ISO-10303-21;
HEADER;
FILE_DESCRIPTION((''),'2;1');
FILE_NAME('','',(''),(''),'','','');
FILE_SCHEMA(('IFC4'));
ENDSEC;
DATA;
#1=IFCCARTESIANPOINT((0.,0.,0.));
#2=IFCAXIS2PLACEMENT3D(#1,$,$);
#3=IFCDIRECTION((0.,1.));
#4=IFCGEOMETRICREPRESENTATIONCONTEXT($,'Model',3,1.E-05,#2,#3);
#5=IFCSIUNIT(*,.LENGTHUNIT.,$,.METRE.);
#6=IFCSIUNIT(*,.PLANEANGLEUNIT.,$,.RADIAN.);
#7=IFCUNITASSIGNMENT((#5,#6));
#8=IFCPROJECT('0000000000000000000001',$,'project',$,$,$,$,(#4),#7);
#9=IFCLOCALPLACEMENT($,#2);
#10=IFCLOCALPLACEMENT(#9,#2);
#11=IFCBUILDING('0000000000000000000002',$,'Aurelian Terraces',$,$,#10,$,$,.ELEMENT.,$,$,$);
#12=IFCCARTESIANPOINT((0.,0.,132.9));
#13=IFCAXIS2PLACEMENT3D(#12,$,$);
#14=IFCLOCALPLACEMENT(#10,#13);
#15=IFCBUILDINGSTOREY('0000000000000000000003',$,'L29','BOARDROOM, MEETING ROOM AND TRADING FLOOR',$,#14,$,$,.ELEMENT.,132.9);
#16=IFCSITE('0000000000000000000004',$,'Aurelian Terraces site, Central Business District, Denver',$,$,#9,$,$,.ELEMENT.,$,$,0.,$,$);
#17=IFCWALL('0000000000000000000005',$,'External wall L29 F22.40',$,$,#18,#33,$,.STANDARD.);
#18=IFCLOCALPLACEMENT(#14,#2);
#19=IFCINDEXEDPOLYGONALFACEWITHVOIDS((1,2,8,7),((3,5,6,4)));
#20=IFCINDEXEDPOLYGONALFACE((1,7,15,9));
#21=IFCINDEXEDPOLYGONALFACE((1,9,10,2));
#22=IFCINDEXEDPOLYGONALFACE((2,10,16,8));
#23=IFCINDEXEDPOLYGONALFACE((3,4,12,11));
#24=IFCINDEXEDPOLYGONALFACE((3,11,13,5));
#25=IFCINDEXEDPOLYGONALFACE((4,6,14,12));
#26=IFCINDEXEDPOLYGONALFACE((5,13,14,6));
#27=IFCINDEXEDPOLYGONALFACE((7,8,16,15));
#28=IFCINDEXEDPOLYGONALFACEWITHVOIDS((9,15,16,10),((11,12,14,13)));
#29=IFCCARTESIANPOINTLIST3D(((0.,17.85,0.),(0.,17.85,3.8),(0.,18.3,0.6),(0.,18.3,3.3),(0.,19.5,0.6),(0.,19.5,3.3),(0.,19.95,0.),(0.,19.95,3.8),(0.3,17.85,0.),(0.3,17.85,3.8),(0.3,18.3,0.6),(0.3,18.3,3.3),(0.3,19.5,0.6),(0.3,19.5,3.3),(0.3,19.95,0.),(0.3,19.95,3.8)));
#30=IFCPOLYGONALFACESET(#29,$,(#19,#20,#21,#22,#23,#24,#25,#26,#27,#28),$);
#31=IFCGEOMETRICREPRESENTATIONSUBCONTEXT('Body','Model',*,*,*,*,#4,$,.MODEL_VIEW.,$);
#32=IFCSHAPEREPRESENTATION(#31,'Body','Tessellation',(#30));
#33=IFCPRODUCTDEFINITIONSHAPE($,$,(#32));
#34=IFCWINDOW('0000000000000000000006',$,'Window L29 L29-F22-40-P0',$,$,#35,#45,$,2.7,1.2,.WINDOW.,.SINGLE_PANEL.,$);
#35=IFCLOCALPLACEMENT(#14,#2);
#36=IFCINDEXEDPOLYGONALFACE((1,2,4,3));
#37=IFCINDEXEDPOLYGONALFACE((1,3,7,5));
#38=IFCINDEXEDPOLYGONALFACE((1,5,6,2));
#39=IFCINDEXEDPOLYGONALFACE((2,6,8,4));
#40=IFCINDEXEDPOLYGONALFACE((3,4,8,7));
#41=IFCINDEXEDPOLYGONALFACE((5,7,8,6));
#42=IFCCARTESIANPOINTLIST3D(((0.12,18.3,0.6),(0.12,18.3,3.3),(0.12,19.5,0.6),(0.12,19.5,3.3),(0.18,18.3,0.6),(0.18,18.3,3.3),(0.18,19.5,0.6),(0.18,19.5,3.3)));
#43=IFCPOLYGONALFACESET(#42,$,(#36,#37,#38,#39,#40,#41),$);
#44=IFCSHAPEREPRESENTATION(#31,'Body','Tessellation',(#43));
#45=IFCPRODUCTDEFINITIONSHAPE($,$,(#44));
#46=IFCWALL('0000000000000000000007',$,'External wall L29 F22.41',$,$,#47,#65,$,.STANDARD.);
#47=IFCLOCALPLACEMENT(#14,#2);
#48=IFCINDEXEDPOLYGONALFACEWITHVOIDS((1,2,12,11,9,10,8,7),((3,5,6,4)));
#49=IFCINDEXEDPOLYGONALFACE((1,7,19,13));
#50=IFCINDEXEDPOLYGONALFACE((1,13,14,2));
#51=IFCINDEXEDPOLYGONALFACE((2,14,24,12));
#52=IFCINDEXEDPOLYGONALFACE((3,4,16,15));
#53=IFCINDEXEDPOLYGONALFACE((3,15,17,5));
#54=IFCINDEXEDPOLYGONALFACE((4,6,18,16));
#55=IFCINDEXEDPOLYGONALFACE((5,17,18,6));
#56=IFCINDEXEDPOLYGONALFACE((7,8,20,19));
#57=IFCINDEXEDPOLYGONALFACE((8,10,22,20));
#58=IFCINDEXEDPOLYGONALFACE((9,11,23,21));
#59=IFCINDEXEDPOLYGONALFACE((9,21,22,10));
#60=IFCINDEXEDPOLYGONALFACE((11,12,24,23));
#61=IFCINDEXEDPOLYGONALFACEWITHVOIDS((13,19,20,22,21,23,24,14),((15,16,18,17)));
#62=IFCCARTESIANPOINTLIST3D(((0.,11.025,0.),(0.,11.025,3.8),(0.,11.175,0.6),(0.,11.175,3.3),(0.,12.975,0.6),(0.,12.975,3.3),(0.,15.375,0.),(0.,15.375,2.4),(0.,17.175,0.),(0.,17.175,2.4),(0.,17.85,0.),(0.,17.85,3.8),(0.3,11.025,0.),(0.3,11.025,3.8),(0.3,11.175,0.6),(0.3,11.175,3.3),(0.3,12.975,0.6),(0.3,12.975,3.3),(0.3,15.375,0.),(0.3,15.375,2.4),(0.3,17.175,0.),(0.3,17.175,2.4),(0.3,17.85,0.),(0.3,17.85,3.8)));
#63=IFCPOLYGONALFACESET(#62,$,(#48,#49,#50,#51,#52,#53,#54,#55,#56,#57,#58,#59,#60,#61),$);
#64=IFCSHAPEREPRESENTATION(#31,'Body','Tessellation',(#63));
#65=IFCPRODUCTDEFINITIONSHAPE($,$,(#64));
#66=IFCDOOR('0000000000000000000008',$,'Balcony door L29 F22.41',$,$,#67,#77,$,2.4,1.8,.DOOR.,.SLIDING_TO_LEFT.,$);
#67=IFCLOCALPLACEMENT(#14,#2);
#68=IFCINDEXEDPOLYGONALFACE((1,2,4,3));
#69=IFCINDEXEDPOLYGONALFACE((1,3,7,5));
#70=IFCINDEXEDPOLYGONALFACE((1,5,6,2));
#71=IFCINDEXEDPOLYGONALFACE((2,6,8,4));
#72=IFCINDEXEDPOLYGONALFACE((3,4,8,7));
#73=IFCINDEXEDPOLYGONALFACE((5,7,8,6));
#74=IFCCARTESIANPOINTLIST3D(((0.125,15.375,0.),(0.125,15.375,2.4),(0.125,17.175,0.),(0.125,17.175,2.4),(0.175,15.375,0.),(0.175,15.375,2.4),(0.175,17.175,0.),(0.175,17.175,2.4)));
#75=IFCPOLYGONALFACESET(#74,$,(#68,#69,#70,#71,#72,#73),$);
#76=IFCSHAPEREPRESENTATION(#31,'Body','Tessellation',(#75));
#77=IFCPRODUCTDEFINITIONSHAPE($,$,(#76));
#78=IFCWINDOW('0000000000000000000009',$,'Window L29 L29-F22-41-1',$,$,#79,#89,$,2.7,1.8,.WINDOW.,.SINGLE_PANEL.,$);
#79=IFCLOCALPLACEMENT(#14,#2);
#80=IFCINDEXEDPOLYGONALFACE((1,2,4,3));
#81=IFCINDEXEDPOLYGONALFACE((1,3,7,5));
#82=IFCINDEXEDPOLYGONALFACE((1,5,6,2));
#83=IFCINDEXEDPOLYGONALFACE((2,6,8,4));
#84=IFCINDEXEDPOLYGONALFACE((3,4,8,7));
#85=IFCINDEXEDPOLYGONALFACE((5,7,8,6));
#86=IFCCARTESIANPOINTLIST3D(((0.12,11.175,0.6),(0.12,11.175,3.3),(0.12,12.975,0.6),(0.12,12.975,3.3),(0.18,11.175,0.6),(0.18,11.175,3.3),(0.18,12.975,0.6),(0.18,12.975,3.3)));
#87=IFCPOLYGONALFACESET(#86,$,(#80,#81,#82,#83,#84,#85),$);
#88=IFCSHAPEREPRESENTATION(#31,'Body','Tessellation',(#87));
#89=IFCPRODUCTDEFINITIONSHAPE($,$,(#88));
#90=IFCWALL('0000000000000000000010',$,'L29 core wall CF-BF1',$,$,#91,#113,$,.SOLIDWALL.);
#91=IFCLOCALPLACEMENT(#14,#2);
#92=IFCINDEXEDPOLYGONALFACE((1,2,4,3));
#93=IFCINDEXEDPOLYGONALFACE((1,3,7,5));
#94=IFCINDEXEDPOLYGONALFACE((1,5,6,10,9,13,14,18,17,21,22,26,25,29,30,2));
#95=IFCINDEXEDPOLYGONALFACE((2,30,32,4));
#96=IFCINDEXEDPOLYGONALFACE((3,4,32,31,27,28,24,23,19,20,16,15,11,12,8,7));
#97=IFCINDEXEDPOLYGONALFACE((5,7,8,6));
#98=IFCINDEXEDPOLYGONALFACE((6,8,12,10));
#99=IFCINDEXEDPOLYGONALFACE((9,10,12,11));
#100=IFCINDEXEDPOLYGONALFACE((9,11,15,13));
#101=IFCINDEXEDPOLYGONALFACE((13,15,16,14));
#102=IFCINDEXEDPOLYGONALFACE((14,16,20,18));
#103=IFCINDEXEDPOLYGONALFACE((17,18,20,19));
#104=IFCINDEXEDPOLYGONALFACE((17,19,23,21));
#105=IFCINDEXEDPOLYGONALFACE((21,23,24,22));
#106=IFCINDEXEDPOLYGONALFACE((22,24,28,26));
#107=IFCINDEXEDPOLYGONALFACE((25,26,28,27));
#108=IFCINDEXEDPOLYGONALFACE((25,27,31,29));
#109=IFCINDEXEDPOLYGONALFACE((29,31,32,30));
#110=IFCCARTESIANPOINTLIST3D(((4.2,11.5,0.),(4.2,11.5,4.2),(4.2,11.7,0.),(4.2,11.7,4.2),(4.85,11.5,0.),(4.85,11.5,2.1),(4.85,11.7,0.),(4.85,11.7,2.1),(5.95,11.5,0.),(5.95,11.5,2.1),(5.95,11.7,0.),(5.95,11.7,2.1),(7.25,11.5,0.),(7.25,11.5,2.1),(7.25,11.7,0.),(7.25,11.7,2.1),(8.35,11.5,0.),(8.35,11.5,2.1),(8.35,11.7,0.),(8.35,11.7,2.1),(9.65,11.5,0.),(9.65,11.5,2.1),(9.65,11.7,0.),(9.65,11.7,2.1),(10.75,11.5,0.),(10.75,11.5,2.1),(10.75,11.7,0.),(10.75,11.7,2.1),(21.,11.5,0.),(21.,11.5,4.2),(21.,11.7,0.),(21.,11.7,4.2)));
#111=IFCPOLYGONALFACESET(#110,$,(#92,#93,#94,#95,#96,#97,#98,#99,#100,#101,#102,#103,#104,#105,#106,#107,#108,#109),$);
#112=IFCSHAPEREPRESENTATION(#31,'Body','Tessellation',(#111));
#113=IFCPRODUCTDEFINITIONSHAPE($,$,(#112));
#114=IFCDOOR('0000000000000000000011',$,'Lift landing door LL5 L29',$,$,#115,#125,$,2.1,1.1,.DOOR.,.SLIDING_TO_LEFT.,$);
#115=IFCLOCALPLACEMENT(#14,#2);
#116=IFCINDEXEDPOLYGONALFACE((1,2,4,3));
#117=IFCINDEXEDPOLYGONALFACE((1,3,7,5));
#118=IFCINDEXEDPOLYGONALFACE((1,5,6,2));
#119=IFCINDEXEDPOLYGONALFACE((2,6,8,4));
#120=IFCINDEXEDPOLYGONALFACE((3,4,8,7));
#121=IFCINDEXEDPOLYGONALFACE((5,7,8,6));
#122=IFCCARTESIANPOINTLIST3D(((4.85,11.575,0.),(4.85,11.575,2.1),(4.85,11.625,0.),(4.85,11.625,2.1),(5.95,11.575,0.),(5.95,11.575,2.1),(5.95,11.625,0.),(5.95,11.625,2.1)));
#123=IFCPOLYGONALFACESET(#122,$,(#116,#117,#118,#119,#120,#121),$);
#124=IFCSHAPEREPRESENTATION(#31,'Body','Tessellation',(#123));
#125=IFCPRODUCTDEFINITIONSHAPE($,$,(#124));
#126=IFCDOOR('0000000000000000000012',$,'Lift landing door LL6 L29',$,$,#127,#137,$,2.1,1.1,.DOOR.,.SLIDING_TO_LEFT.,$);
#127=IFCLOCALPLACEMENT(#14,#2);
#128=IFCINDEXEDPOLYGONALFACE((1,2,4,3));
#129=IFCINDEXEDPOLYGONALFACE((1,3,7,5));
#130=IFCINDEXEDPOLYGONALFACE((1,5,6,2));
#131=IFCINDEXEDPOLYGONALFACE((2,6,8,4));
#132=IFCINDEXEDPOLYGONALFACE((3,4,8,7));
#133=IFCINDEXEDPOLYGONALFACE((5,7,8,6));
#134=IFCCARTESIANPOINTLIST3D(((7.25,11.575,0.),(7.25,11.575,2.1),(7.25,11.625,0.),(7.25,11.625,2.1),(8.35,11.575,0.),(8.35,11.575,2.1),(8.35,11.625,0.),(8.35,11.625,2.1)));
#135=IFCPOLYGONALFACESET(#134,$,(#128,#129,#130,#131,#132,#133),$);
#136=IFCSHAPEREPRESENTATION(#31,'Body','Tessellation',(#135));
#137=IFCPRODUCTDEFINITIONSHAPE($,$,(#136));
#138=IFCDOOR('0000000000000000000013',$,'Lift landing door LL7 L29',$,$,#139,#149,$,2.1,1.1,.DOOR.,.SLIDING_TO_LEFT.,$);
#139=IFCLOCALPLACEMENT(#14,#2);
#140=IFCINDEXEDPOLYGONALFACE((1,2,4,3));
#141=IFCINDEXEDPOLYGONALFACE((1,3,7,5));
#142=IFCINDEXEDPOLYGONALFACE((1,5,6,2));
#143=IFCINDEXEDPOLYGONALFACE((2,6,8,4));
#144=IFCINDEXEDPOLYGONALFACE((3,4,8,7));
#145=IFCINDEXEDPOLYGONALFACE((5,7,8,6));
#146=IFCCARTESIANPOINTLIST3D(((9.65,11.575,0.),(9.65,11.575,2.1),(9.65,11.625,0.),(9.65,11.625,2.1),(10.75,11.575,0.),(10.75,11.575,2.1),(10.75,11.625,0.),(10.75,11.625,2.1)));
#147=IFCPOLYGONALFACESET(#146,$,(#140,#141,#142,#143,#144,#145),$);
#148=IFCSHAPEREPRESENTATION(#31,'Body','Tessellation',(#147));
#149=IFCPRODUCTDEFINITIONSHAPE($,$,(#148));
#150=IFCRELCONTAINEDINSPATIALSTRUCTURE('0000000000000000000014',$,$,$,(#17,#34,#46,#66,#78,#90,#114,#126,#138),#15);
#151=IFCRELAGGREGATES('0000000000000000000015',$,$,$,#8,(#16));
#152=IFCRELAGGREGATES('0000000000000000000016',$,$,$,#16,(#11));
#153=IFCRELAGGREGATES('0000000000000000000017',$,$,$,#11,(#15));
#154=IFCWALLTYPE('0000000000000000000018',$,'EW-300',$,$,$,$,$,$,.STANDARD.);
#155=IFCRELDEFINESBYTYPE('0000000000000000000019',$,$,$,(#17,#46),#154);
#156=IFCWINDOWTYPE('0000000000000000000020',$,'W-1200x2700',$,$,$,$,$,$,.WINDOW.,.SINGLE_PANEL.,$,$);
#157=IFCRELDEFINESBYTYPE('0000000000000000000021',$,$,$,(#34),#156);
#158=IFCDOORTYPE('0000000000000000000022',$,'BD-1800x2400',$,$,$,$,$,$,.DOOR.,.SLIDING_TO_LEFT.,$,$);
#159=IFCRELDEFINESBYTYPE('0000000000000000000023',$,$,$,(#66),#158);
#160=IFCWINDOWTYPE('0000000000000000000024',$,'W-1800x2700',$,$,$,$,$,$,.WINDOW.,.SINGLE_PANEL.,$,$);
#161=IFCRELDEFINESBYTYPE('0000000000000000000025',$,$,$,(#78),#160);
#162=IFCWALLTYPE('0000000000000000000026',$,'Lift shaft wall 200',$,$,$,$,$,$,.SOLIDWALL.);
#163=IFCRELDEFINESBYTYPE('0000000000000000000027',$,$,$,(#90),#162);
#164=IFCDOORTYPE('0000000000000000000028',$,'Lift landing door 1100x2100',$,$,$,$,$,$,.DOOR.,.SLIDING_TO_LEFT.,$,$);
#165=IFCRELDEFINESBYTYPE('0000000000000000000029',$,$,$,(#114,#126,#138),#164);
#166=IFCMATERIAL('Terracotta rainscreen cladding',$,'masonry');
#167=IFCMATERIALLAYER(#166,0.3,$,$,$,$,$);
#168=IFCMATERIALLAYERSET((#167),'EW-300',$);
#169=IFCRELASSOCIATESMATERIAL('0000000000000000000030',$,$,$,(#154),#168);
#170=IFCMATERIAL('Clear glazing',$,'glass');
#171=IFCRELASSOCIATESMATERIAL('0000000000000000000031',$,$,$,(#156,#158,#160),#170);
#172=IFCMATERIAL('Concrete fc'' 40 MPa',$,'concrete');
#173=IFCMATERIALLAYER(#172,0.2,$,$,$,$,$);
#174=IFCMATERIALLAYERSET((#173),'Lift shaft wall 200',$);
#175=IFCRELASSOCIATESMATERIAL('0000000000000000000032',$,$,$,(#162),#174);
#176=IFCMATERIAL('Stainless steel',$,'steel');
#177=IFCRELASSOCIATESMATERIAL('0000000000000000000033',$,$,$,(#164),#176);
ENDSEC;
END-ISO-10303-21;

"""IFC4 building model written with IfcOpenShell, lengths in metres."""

from ifc_helpers import new_model, si_unit, direction, frame, frame_2d, origin, place, context, subcontext, project, spatial, rectangle, extrude, source, transform, mapped, material, layer, layer_set, type_object, element, fill, save


model = new_model("IFC4")

# Units and contexts
model_context = context("Model", 3, precision=1e-05, world=origin(), true_north=direction((0.0, 1.0)))
body_context = subcontext(model_context, "Body", "Model", "MODEL_VIEW")
ifc_project = project(units=[si_unit("LENGTHUNIT", "METRE"), si_unit("PLANEANGLEUNIT", "RADIAN")], contexts=[model_context])

# Site, building, storey
site_placement = place(None, origin())
site = spatial("IfcSite", under=ifc_project, at=site_placement, Name="Aurelian Terraces site, Central Business District, Denver", CompositionType="ELEMENT", RefElevation=0.0)
building_placement = place(site_placement, origin())
building = spatial("IfcBuilding", under=site, at=building_placement, Name="Aurelian Terraces", CompositionType="ELEMENT")
storey_placement = place(building_placement, frame((0.0, 0.0, 132.9)))
storey = spatial("IfcBuildingStorey", under=building, at=storey_placement, Name="L29", Description="BOARDROOM, MEETING ROOM AND TRADING FLOOR", CompositionType="ELEMENT", Elevation=132.9)

# Wall, opening, window
ifc_material_1 = material(Name="Terracotta rainscreen cladding", Category="masonry")
ifc_layer_1 = layer(ifc_material_1, 0.3)
ifc_layer_set_1 = layer_set([ifc_layer_1], Name="EW-300")
wall_type_1 = type_object("IfcWallType", Name="EW-300", PredefinedType="STANDARD", material=ifc_layer_set_1)
shared_shape_1 = source(origin(), body_context, "Body", "SweptSolid", [
    extrude(rectangle(XDim=2.1, YDim=0.3, at=frame_2d((1.05, 0.0))), origin(), (0.0, 0.0, 1.0), 3.8),
])
wall_1_placement = place(storey_placement, frame((0.15, 19.95, 0.0), z_axis=(0.0, 0.0, 1.0), x_axis=(0.0, -1.0, 0.0)))
wall_1 = element("IfcWall", 1, at=wall_1_placement, inside=storey, type_object=wall_type_1, Name="External wall L29 F22.40", PredefinedType="STANDARD", context=body_context, shape_type="MappedRepresentation", body=[
    mapped(shared_shape_1, transform((0.0, 0.0, 0.0), scale=1.0)),
])
shared_shape_2 = source(origin(), body_context, "Body", "SweptSolid", [
    extrude(rectangle(XDim=1.2, YDim=2.7, at=frame_2d((0.6, 1.35))), frame((0.0, 0.16, 0.0), z_axis=(0.0, -1.0, 0.0), x_axis=(1.0, 0.0, 0.0)), (0.0, 0.0, 1.0), 0.32),
])
opening_1_placement = place(wall_1_placement, frame((0.45, 0.0, 0.6)))
opening_1 = element("IfcOpeningElement", 2, at=opening_1_placement, cuts=wall_1, PredefinedType="OPENING", context=body_context, shape_type="MappedRepresentation", body=[
    mapped(shared_shape_2, transform((0.0, 0.0, 0.0), scale=1.0)),
])
ifc_material_2 = material(Name="Clear glazing", Category="glass")
window_type_1 = type_object("IfcWindowType", Name="W-1200x2700", PartitioningType="SINGLE_PANEL", PredefinedType="WINDOW", material=ifc_material_2)
shared_shape_3 = source(origin(), body_context, "Body", "SweptSolid", [
    extrude(rectangle(XDim=1.2, YDim=2.7, at=frame_2d((0.6, 1.35))), frame((0.0, 0.03, 0.0), z_axis=(0.0, -1.0, 0.0), x_axis=(1.0, 0.0, 0.0)), (0.0, 0.0, 1.0), 0.06),
])
window_1_placement = place(opening_1_placement, origin())
window_1 = element("IfcWindow", 3, at=window_1_placement, inside=storey, type_object=window_type_1, Name="Window L29 L29-F22-40-P0", OverallHeight=2.7, OverallWidth=1.2, PartitioningType="SINGLE_PANEL", PredefinedType="WINDOW", context=body_context, shape_type="MappedRepresentation", body=[
    mapped(shared_shape_3, transform((0.0, 0.0, 0.0), scale=1.0)),
])
fill(opening_1, window_1)

# Wall, openings, door, window
shared_shape_4 = source(origin(), body_context, "Body", "SweptSolid", [
    extrude(rectangle(XDim=6.825, YDim=0.3, at=frame_2d((3.4125, 0.0))), origin(), (0.0, 0.0, 1.0), 3.8),
])
wall_2_placement = place(storey_placement, frame((0.15, 17.85, 0.0), z_axis=(0.0, 0.0, 1.0), x_axis=(0.0, -1.0, 0.0)))
wall_2 = element("IfcWall", 4, at=wall_2_placement, inside=storey, type_object=wall_type_1, Name="External wall L29 F22.41", PredefinedType="STANDARD", context=body_context, shape_type="MappedRepresentation", body=[
    mapped(shared_shape_4, transform((0.0, 0.0, 0.0), scale=1.0)),
])
shared_shape_5 = source(origin(), body_context, "Body", "SweptSolid", [
    extrude(rectangle(XDim=1.8, YDim=2.4, at=frame_2d((0.9, 1.2))), frame((0.0, 0.16, 0.0), z_axis=(0.0, -1.0, 0.0), x_axis=(1.0, 0.0, 0.0)), (0.0, 0.0, 1.0), 0.32),
])
opening_2_placement = place(wall_2_placement, frame((0.675, 0.0, 0.0)))
opening_2 = element("IfcOpeningElement", 5, at=opening_2_placement, cuts=wall_2, PredefinedType="OPENING", context=body_context, shape_type="MappedRepresentation", body=[
    mapped(shared_shape_5, transform((0.0, 0.0, 0.0), scale=1.0)),
])
shared_shape_6 = source(origin(), body_context, "Body", "SweptSolid", [
    extrude(rectangle(XDim=1.8, YDim=2.7, at=frame_2d((0.9, 1.35))), frame((0.0, 0.16, 0.0), z_axis=(0.0, -1.0, 0.0), x_axis=(1.0, 0.0, 0.0)), (0.0, 0.0, 1.0), 0.32),
])
opening_3_placement = place(wall_2_placement, frame((4.875, 0.0, 0.6)))
opening_3 = element("IfcOpeningElement", 6, at=opening_3_placement, cuts=wall_2, PredefinedType="OPENING", context=body_context, shape_type="MappedRepresentation", body=[
    mapped(shared_shape_6, transform((0.0, 0.0, 0.0), scale=1.0)),
])
door_type_1 = type_object("IfcDoorType", Name="BD-1800x2400", OperationType="SLIDING_TO_LEFT", PredefinedType="DOOR", material=ifc_material_2)
shared_shape_7 = source(origin(), body_context, "Body", "SweptSolid", [
    extrude(rectangle(XDim=1.8, YDim=2.4, at=frame_2d((0.9, 1.2))), frame((0.0, 0.025, 0.0), z_axis=(0.0, -1.0, 0.0), x_axis=(1.0, 0.0, 0.0)), (0.0, 0.0, 1.0), 0.05),
])
door_1_placement = place(opening_2_placement, origin())
door_1 = element("IfcDoor", 7, at=door_1_placement, inside=storey, type_object=door_type_1, Name="Balcony door L29 F22.41", OperationType="SLIDING_TO_LEFT", OverallHeight=2.4, OverallWidth=1.8, PredefinedType="DOOR", context=body_context, shape_type="MappedRepresentation", body=[
    mapped(shared_shape_7, transform((0.0, 0.0, 0.0), scale=1.0)),
])
fill(opening_2, door_1)
window_type_2 = type_object("IfcWindowType", Name="W-1800x2700", PartitioningType="SINGLE_PANEL", PredefinedType="WINDOW", material=ifc_material_2)
shared_shape_8 = source(origin(), body_context, "Body", "SweptSolid", [
    extrude(rectangle(XDim=1.8, YDim=2.7, at=frame_2d((0.9, 1.35))), frame((0.0, 0.03, 0.0), z_axis=(0.0, -1.0, 0.0), x_axis=(1.0, 0.0, 0.0)), (0.0, 0.0, 1.0), 0.06),
])
window_2_placement = place(opening_3_placement, origin())
window_2 = element("IfcWindow", 8, at=window_2_placement, inside=storey, type_object=window_type_2, Name="Window L29 L29-F22-41-1", OverallHeight=2.7, OverallWidth=1.8, PartitioningType="SINGLE_PANEL", PredefinedType="WINDOW", context=body_context, shape_type="MappedRepresentation", body=[
    mapped(shared_shape_8, transform((0.0, 0.0, 0.0), scale=1.0)),
])
fill(opening_3, window_2)

# Wall, openings, doors
ifc_material_3 = material(Name="Concrete fc' 40 MPa", Category="concrete")
ifc_layer_2 = layer(ifc_material_3, 0.2)
ifc_layer_set_2 = layer_set([ifc_layer_2], Name="Lift shaft wall 200")
wall_type_2 = type_object("IfcWallType", Name="Lift shaft wall 200", PredefinedType="SOLIDWALL", material=ifc_layer_set_2)
shared_shape_9 = source(origin(), body_context, "Body", "SweptSolid", [
    extrude(rectangle(XDim=16.8, YDim=0.2, at=frame_2d((8.4, 0.0))), origin(), (0.0, 0.0, 1.0), 4.2),
])
wall_3_placement = place(storey_placement, frame((4.2, 11.6, 0.0), z_axis=(0.0, 0.0, 1.0), x_axis=(1.0, 0.0, 0.0)))
wall_3 = element("IfcWall", 9, at=wall_3_placement, inside=storey, type_object=wall_type_2, Name="L29 core wall CF-BF1", PredefinedType="SOLIDWALL", context=body_context, shape_type="MappedRepresentation", body=[
    mapped(shared_shape_9, transform((0.0, 0.0, 0.0), scale=1.0)),
])
shared_shape_10 = source(origin(), body_context, "Body", "SweptSolid", [
    extrude(rectangle(XDim=1.1, YDim=2.1, at=frame_2d((0.55, 1.05))), frame((0.0, 0.11, 0.0), z_axis=(0.0, -1.0, 0.0), x_axis=(1.0, 0.0, 0.0)), (0.0, 0.0, 1.0), 0.22),
])
opening_4_placement = place(wall_3_placement, frame((0.65, 0.0, 0.0)))
opening_4 = element("IfcOpeningElement", 10, at=opening_4_placement, cuts=wall_3, PredefinedType="OPENING", context=body_context, shape_type="MappedRepresentation", body=[
    mapped(shared_shape_10, transform((0.0, 0.0, 0.0), scale=1.0)),
])
opening_5_placement = place(wall_3_placement, frame((3.05, 0.0, 0.0)))
opening_5 = element("IfcOpeningElement", 11, at=opening_5_placement, cuts=wall_3, PredefinedType="OPENING", context=body_context, shape_type="MappedRepresentation", body=[
    mapped(shared_shape_10, transform((0.0, 0.0, 0.0), scale=1.0)),
])
opening_6_placement = place(wall_3_placement, frame((5.45, 0.0, 0.0)))
opening_6 = element("IfcOpeningElement", 12, at=opening_6_placement, cuts=wall_3, PredefinedType="OPENING", context=body_context, shape_type="MappedRepresentation", body=[
    mapped(shared_shape_10, transform((0.0, 0.0, 0.0), scale=1.0)),
])
ifc_material_4 = material(Name="Stainless steel", Category="steel")
door_type_2 = type_object("IfcDoorType", Name="Lift landing door 1100x2100", OperationType="SLIDING_TO_LEFT", PredefinedType="DOOR", material=ifc_material_4)
shared_shape_11 = source(origin(), body_context, "Body", "SweptSolid", [
    extrude(rectangle(XDim=1.1, YDim=2.1, at=frame_2d((0.55, 1.05))), frame((0.0, 0.025, 0.0), z_axis=(0.0, -1.0, 0.0), x_axis=(1.0, 0.0, 0.0)), (0.0, 0.0, 1.0), 0.05),
])
door_2_placement = place(opening_4_placement, origin())
door_2 = element("IfcDoor", 13, at=door_2_placement, inside=storey, type_object=door_type_2, Name="Lift landing door LL5 L29", OperationType="SLIDING_TO_LEFT", OverallHeight=2.1, OverallWidth=1.1, PredefinedType="DOOR", context=body_context, shape_type="MappedRepresentation", body=[
    mapped(shared_shape_11, transform((0.0, 0.0, 0.0), scale=1.0)),
])
fill(opening_4, door_2)
door_3_placement = place(opening_5_placement, origin())
door_3 = element("IfcDoor", 14, at=door_3_placement, inside=storey, type_object=door_type_2, Name="Lift landing door LL6 L29", OperationType="SLIDING_TO_LEFT", OverallHeight=2.1, OverallWidth=1.1, PredefinedType="DOOR", context=body_context, shape_type="MappedRepresentation", body=[
    mapped(shared_shape_11, transform((0.0, 0.0, 0.0), scale=1.0)),
])
fill(opening_5, door_3)
door_4_placement = place(opening_6_placement, origin())
door_4 = element("IfcDoor", 15, at=door_4_placement, inside=storey, type_object=door_type_2, Name="Lift landing door LL7 L29", OperationType="SLIDING_TO_LEFT", OverallHeight=2.1, OverallWidth=1.1, PredefinedType="DOOR", context=body_context, shape_type="MappedRepresentation", body=[
    mapped(shared_shape_11, transform((0.0, 0.0, 0.0), scale=1.0)),
])
fill(opening_6, door_4)

save(model, "model.ifc")
